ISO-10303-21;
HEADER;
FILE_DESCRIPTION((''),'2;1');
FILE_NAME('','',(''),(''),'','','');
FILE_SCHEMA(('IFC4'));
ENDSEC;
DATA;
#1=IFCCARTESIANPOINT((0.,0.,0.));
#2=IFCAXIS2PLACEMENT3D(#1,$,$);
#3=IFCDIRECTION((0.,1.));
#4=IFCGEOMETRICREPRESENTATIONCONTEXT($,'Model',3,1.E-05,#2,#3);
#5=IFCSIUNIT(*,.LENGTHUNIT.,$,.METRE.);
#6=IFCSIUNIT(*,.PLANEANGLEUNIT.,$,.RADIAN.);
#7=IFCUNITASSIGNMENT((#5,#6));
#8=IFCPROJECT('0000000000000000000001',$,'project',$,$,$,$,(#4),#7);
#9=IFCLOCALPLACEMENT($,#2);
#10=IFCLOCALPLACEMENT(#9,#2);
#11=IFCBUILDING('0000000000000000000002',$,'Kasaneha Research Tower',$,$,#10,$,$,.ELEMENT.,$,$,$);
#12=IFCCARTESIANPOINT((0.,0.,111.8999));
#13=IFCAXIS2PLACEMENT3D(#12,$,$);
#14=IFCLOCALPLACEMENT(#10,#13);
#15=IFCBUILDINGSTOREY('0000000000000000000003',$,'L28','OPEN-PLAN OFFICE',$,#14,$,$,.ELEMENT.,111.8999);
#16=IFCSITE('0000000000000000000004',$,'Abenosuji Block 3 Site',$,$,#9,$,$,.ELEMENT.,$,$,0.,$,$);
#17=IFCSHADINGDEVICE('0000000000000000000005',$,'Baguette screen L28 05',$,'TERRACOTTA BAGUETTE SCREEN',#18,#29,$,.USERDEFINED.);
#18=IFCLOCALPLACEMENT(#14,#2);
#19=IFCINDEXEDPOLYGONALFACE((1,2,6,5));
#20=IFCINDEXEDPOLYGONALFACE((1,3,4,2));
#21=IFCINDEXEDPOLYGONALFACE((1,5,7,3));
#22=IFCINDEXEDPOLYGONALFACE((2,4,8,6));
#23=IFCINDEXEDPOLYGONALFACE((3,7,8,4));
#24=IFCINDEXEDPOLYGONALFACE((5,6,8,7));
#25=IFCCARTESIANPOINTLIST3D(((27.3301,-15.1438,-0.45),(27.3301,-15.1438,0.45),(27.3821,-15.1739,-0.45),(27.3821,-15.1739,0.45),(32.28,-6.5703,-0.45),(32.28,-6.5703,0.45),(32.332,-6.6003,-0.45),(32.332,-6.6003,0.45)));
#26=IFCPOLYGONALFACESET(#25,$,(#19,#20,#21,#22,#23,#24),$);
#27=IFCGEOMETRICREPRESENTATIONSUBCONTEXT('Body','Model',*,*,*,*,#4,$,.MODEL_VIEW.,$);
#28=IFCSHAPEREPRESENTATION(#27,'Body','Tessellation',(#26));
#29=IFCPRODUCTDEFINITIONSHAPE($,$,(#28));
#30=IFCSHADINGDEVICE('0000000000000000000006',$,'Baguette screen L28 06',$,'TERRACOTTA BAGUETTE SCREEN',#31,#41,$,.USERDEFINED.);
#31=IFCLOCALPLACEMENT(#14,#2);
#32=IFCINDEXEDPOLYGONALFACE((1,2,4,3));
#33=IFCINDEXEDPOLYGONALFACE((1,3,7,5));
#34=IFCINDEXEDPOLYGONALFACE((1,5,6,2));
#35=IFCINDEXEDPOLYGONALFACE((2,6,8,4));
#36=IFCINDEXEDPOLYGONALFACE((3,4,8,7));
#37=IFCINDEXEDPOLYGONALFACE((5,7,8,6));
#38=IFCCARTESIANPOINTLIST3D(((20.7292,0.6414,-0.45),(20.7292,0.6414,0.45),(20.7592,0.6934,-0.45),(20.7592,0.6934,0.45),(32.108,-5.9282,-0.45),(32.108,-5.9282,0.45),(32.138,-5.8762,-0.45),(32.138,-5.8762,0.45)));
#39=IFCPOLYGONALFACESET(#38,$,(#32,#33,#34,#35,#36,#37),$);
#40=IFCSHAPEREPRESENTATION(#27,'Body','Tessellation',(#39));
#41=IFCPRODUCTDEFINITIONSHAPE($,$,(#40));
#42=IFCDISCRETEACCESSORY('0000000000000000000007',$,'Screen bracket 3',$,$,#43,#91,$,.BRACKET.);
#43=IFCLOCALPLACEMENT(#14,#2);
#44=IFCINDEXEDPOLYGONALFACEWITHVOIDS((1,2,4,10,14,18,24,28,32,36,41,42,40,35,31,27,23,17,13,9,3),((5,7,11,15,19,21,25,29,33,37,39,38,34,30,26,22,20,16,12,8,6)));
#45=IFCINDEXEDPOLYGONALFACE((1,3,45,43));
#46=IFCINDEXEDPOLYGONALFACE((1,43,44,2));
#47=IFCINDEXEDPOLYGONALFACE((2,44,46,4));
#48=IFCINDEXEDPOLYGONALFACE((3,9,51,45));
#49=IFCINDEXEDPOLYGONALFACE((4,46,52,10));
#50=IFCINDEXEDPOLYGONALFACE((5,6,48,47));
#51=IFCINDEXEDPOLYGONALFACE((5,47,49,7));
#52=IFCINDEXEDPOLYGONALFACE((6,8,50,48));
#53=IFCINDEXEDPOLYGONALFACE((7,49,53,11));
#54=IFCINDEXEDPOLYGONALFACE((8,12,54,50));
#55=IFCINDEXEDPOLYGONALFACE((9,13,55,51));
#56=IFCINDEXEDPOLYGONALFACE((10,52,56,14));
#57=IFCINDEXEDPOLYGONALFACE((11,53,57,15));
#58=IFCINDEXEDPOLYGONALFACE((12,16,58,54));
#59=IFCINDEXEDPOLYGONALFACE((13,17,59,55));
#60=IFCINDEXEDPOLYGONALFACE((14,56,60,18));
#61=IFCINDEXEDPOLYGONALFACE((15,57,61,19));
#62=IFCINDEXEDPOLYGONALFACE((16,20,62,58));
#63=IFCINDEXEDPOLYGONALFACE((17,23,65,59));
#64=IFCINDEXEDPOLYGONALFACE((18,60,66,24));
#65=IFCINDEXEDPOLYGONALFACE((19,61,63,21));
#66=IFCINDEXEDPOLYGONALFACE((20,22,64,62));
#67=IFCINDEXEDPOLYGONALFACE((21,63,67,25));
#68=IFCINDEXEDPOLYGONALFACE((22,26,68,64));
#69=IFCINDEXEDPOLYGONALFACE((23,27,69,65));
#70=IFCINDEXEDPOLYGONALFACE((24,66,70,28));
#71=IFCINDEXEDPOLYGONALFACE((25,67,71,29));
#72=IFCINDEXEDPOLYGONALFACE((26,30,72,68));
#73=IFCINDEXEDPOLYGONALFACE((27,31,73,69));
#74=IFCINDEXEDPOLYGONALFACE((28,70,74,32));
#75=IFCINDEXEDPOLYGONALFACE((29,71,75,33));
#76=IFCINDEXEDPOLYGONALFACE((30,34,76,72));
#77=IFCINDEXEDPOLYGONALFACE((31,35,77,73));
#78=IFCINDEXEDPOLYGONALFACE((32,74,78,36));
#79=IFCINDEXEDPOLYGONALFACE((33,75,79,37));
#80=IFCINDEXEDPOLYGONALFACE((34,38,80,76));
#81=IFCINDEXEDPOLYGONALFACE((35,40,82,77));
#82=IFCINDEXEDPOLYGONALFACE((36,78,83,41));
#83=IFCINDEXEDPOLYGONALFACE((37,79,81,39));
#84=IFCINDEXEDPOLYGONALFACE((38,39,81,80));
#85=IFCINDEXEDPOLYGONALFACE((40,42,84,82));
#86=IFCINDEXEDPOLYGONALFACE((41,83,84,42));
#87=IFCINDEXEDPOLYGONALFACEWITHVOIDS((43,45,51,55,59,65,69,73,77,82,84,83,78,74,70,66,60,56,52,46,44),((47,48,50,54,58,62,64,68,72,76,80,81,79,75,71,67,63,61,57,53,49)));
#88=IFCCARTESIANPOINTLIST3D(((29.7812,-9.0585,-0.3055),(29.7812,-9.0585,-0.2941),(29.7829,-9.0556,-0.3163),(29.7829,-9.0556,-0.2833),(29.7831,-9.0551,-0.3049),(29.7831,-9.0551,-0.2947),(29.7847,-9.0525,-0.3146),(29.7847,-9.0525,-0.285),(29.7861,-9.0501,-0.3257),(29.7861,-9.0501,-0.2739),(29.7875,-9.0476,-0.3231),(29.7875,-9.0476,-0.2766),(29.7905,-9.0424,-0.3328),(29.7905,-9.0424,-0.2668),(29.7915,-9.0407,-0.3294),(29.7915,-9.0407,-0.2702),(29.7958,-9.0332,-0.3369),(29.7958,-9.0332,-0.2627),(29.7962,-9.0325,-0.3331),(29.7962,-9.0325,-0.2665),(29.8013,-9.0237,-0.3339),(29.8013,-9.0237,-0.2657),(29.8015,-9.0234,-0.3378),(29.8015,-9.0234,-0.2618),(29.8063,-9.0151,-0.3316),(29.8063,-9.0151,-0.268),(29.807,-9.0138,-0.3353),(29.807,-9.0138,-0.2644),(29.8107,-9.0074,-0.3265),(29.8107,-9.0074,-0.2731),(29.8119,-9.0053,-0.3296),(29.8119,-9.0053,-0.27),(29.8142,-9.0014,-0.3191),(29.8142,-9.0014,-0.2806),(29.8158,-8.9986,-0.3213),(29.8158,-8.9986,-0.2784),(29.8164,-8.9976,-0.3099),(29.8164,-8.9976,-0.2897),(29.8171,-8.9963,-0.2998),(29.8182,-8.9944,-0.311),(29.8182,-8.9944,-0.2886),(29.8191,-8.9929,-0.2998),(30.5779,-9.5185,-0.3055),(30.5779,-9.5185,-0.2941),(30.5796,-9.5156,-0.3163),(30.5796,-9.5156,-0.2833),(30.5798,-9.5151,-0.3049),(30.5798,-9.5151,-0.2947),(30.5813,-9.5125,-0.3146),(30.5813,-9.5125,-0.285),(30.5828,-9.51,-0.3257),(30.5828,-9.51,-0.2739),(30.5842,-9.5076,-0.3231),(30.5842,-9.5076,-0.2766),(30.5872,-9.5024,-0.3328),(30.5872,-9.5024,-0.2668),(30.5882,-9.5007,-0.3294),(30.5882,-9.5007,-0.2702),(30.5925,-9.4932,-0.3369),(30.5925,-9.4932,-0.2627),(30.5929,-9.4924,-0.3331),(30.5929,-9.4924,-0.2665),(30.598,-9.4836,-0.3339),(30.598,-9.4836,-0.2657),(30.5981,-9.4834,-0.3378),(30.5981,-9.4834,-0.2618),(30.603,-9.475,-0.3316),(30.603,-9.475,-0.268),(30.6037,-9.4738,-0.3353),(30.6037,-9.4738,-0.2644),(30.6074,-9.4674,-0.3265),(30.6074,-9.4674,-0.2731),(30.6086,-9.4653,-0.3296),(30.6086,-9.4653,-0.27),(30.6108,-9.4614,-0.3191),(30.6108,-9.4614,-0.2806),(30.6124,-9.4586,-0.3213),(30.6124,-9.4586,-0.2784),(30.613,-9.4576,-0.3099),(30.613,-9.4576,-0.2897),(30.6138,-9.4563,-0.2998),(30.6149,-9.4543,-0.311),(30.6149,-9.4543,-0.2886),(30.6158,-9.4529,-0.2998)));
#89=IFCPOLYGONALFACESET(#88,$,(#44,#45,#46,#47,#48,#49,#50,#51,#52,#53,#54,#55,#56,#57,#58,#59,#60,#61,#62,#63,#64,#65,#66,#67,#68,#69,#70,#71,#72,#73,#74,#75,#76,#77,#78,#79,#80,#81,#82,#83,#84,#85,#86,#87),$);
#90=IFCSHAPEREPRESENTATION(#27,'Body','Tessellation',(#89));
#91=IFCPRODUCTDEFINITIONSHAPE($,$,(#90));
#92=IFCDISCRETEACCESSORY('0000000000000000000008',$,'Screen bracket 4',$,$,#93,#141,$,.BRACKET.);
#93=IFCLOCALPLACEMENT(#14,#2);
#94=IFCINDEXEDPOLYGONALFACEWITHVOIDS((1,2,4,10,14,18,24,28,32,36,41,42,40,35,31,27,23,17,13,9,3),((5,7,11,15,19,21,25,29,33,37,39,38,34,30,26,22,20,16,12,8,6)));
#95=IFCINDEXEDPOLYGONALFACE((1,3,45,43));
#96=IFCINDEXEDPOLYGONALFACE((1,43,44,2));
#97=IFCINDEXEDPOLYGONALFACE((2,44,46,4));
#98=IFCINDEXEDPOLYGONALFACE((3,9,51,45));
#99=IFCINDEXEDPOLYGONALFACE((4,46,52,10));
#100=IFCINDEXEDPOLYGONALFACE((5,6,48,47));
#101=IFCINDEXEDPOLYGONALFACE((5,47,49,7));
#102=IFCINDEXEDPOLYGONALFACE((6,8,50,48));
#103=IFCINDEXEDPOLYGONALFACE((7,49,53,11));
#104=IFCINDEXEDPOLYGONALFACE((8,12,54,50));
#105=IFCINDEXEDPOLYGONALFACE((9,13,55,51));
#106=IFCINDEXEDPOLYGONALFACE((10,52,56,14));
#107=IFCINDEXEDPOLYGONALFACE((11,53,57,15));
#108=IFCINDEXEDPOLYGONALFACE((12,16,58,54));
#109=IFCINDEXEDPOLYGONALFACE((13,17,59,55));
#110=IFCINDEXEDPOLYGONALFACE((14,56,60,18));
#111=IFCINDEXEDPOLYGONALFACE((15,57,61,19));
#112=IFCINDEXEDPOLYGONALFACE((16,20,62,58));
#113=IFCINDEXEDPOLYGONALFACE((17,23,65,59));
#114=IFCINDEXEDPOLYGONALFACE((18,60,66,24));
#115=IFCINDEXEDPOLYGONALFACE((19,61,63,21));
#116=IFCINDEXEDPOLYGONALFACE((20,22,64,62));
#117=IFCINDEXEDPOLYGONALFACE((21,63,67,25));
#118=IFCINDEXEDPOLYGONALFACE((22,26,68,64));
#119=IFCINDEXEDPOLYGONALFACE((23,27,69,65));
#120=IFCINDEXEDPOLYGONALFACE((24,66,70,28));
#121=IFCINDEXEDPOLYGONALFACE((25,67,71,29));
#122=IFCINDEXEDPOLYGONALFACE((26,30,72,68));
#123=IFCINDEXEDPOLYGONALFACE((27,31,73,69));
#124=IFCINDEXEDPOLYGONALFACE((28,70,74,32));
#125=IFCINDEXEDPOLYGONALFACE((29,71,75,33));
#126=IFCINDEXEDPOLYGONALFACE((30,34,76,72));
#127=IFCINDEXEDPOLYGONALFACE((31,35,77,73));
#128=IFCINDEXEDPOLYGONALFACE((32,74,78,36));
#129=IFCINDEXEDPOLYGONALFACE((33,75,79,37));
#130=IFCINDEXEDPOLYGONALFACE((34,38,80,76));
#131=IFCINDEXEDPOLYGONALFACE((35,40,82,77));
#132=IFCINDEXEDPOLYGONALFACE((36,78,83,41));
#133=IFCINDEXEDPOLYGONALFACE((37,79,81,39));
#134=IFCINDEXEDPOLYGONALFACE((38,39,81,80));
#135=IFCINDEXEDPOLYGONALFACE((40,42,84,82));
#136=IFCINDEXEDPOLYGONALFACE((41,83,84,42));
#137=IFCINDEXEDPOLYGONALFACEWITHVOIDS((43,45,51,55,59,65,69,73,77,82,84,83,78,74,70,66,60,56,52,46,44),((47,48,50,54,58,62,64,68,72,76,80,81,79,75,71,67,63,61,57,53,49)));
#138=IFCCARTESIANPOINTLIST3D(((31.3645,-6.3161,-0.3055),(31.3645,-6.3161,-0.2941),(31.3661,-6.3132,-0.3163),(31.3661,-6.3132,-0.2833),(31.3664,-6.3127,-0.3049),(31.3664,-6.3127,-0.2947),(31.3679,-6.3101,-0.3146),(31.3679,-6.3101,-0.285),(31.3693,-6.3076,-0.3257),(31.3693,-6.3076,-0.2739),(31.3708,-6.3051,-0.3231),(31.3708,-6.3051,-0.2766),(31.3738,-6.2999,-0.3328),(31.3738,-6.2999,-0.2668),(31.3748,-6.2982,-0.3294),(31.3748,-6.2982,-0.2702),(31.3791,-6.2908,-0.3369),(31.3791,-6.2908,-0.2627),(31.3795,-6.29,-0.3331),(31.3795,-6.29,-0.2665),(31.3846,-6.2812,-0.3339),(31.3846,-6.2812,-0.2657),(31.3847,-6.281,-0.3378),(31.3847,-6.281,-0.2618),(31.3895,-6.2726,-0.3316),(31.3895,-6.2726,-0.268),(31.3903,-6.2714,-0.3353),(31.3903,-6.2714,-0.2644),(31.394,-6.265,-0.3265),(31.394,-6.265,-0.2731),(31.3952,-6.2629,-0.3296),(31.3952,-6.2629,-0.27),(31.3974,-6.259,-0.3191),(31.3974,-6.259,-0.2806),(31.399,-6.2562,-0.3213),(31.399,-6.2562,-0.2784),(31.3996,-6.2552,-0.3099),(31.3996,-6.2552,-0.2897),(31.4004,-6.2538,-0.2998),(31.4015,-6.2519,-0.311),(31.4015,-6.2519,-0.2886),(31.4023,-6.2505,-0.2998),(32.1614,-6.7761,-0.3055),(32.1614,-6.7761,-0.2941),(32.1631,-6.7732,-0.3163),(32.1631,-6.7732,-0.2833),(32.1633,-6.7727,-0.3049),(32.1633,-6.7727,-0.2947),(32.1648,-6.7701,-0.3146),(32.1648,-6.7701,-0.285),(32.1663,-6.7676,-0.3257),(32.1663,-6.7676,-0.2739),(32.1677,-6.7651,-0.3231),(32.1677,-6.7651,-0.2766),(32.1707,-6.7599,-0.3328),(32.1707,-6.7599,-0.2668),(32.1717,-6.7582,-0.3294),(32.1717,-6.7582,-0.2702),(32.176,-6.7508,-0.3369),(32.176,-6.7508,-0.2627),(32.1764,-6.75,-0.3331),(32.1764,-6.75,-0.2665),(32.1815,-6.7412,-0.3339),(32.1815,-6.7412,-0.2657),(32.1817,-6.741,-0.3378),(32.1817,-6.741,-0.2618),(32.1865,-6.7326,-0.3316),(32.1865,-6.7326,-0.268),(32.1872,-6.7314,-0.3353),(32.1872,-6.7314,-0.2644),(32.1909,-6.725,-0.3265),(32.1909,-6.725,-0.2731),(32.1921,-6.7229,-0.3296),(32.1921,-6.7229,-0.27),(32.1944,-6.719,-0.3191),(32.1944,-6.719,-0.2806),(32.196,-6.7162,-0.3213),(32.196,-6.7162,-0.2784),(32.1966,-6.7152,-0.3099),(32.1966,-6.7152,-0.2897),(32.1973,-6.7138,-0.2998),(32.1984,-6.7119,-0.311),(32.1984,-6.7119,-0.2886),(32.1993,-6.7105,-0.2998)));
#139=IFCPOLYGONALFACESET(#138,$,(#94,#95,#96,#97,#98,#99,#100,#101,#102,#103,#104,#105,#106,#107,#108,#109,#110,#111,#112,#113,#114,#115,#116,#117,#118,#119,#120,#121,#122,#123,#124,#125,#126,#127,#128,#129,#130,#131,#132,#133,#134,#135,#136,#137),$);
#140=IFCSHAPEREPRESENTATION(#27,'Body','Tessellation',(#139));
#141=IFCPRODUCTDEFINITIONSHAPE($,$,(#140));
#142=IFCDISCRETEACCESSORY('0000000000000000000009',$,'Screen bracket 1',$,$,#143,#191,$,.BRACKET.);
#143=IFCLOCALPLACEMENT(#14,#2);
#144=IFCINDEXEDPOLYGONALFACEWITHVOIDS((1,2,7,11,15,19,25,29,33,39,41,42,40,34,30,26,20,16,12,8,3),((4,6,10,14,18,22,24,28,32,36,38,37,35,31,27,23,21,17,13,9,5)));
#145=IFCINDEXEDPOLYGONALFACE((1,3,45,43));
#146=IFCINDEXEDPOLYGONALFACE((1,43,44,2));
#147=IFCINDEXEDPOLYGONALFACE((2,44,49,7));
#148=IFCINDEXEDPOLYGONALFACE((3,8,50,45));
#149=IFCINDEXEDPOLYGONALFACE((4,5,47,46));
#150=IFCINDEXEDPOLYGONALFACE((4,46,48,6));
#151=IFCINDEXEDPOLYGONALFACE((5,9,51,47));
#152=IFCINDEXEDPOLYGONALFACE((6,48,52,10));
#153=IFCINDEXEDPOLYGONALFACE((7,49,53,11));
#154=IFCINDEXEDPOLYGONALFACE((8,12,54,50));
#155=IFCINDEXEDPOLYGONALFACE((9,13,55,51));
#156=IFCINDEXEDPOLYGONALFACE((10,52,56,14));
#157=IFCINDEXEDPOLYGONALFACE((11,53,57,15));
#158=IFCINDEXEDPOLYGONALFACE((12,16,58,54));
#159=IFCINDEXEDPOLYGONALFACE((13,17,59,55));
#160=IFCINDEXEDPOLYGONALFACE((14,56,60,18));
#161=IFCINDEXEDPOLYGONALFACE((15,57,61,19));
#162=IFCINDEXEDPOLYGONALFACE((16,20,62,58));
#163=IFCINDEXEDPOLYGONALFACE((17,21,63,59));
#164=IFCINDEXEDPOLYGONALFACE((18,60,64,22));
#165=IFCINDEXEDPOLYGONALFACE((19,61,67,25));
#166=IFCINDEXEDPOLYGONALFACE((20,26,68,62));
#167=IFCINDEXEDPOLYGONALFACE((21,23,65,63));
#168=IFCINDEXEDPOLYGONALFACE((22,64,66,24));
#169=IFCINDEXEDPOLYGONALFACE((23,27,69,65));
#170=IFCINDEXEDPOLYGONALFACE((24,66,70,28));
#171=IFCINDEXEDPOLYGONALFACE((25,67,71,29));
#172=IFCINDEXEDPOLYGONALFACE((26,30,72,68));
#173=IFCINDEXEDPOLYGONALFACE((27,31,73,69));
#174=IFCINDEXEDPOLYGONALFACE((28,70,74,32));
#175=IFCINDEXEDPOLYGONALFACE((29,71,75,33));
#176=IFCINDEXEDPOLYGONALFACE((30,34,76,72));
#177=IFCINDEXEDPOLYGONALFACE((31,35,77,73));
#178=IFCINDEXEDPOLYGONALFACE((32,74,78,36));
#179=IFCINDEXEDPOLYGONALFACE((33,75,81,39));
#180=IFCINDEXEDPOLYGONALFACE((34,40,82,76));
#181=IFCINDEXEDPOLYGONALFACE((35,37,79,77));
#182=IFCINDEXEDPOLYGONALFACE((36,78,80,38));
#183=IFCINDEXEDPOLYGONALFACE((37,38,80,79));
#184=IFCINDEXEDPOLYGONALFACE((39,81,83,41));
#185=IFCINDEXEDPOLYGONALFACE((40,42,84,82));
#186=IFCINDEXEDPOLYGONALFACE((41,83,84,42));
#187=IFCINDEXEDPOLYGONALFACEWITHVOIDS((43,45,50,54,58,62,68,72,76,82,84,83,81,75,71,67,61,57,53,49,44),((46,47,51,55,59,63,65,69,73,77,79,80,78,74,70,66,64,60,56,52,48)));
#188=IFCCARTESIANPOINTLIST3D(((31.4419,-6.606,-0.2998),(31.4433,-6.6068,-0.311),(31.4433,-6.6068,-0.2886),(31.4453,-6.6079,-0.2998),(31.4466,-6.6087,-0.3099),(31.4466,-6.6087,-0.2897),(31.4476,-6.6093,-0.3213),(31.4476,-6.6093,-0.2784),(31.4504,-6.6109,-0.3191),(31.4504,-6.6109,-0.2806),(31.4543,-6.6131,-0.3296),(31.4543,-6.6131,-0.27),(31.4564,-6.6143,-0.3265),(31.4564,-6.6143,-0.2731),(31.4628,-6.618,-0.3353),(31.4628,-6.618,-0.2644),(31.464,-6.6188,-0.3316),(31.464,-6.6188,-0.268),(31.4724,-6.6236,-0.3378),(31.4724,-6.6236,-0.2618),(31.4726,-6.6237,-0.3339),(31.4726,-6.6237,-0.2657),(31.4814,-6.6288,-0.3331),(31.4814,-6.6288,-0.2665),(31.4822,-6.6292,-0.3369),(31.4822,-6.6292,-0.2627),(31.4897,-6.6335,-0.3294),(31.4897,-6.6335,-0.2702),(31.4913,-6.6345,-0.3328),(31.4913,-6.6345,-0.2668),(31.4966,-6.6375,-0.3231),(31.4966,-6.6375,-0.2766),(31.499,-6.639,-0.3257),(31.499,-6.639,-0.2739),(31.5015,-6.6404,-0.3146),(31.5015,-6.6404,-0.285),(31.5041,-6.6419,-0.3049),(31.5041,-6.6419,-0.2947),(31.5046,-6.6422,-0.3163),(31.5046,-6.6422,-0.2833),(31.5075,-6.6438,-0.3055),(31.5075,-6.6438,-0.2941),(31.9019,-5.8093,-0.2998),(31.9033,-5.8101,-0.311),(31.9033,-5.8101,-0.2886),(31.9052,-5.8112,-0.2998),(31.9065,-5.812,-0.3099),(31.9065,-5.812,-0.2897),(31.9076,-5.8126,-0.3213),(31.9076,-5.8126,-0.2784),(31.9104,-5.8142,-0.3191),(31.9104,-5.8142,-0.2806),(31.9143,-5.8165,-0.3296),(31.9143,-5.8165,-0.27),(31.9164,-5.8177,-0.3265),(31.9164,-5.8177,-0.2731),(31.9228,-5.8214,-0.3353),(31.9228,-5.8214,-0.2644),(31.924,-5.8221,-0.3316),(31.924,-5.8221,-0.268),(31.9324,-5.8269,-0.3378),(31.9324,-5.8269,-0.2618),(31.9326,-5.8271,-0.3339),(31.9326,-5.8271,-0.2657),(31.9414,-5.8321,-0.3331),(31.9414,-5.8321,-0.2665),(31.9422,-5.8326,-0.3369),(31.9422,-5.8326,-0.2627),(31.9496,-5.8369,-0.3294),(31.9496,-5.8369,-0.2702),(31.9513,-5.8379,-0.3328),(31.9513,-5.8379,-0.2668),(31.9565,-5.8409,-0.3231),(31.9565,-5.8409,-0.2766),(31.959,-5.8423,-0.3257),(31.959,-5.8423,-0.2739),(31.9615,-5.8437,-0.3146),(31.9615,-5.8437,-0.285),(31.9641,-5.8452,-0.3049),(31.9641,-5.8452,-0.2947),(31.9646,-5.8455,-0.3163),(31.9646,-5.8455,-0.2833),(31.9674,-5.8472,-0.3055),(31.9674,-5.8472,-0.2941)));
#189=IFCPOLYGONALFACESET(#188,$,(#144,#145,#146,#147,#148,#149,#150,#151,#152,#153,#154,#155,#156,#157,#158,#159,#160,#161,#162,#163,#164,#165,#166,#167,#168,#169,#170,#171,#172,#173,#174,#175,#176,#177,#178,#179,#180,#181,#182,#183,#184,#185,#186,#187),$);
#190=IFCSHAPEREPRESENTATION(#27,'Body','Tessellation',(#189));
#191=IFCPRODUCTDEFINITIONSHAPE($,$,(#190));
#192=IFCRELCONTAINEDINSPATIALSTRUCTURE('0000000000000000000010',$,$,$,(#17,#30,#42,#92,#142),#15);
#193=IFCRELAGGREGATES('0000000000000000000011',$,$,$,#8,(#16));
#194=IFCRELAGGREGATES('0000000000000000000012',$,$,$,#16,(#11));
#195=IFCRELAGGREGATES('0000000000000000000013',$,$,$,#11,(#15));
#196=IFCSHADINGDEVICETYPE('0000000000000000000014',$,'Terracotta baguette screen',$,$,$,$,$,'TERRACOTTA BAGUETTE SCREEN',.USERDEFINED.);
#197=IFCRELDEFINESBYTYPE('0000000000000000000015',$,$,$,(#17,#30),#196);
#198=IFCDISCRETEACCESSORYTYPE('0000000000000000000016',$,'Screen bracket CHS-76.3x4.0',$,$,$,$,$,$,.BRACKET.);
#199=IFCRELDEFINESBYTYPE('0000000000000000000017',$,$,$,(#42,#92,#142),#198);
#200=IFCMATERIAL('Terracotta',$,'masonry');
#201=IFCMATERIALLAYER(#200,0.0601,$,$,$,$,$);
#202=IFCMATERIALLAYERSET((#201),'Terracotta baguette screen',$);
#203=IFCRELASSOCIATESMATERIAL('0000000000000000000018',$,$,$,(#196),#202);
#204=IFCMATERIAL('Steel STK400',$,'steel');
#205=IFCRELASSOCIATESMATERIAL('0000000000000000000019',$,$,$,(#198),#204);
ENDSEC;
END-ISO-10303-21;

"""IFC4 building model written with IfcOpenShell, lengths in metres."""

from ifc_helpers import new_model, si_unit, direction, frame, origin, origin_2d, place, context, subcontext, project, spatial, rectangle, hollow_circle, extrude, material, layer, layer_set, material_profile, profile_set, type_object, element, save


model = new_model("IFC4")

# Units and contexts
model_context = context("Model", 3, precision=1e-05, world=origin(), true_north=direction((0.0, 1.0)))
body_context = subcontext(model_context, "Body", "Model", "MODEL_VIEW")
ifc_project = project(units=[si_unit("LENGTHUNIT", "METRE"), si_unit("PLANEANGLEUNIT", "RADIAN")], contexts=[model_context])

# Site, building, storey
site_placement = place(None, origin())
site = spatial("IfcSite", under=ifc_project, at=site_placement, Name="Abenosuji Block 3 Site", CompositionType="ELEMENT", RefElevation=0.0)
building_placement = place(site_placement, origin())
building = spatial("IfcBuilding", under=site, at=building_placement, Name="Kasaneha Research Tower", CompositionType="ELEMENT")
storey_placement = place(building_placement, frame((0.0, 0.0, 111.8999)))
storey = spatial("IfcBuildingStorey", under=building, at=storey_placement, Name="L28", Description="OPEN-PLAN OFFICE", CompositionType="ELEMENT", Elevation=111.8999)

# Shading devices
ifc_material_1 = material(Name="Terracotta", Category="masonry")
ifc_layer_1 = layer(ifc_material_1, 0.0601)
ifc_layer_set_1 = layer_set([ifc_layer_1], Name="Terracotta baguette screen")
shading_device_type = type_object("IfcShadingDeviceType", Name="Terracotta baguette screen", ElementType="TERRACOTTA BAGUETTE SCREEN", PredefinedType="USERDEFINED", material=ifc_layer_set_1)
shading_device_1_placement = place(storey_placement, frame((29.8311, -10.8721, -0.45), z_axis=(0.0, 0.0, 1.0), x_axis=(0.5, 0.866025, 0.0)))
element("IfcShadingDevice", 1, at=shading_device_1_placement, inside=storey, type_object=shading_device_type, Name="Baguette screen L28 05", ObjectType="TERRACOTTA BAGUETTE SCREEN", PredefinedType="USERDEFINED", context=body_context, shape_type="SweptSolid", body=[
    extrude(rectangle(XDim=9.8999, YDim=0.0601, at=origin_2d()), origin(), (0.0, 0.0, 1.0), 0.8999),
])
shading_device_2_placement = place(storey_placement, frame((26.4336, -2.6174, -0.45), z_axis=(0.0, 0.0, 1.0), x_axis=(-0.866025, 0.5, 0.0)))
element("IfcShadingDevice", 2, at=shading_device_2_placement, inside=storey, type_object=shading_device_type, Name="Baguette screen L28 06", ObjectType="TERRACOTTA BAGUETTE SCREEN", PredefinedType="USERDEFINED", context=body_context, shape_type="SweptSolid", body=[
    extrude(rectangle(XDim=13.1392, YDim=0.0601, at=origin_2d()), origin(), (0.0, 0.0, 1.0), 0.8999),
])

# Discrete accessories
ifc_material_2 = material(Name="Steel STK400", Category="steel")
ifc_material_profile_1 = material_profile(ifc_material_2, hollow_circle(Radius=0.0381, WallThickness=0.0039, at=origin_2d()), Name="CHS-76.3x4.0")
ifc_profile_set_1 = profile_set([ifc_material_profile_1], Name="Steel STK400")
discrete_accessory_type = type_object("IfcDiscreteAccessoryType", Name="Screen bracket CHS-76.3x4.0", PredefinedType="BRACKET", material=ifc_profile_set_1)
discrete_accessory_1_placement = place(storey_placement, frame((29.8, -9.0259, -0.2998), z_axis=(0.866013, -0.500021, 0.0), x_axis=(0.500021, 0.866013, 0.0)))
element("IfcDiscreteAccessory", 3, at=discrete_accessory_1_placement, inside=storey, type_object=discrete_accessory_type, Name="Screen bracket 3", PredefinedType="BRACKET", context=body_context, shape_type="SweptSolid", body=[
    extrude(hollow_circle(Radius=0.0381, WallThickness=0.0039, at=origin_2d()), origin(), (0.0, 0.0, 1.0), 0.9199),
])
discrete_accessory_2_placement = place(storey_placement, frame((31.3833, -6.2834, -0.2998), z_axis=(0.86608, -0.499906, 0.0), x_axis=(0.499906, 0.86608, 0.0)))
element("IfcDiscreteAccessory", 4, at=discrete_accessory_2_placement, inside=storey, type_object=discrete_accessory_type, Name="Screen bracket 4", PredefinedType="BRACKET", context=body_context, shape_type="SweptSolid", body=[
    extrude(hollow_circle(Radius=0.0381, WallThickness=0.0039, at=origin_2d()), origin(), (0.0, 0.0, 1.0), 0.9202),
])
discrete_accessory_3_placement = place(storey_placement, frame((31.4749, -6.625, -0.2998), z_axis=(0.500021, 0.866013, 0.0), x_axis=(-0.866013, 0.500021, 0.0)))
element("IfcDiscreteAccessory", 5, at=discrete_accessory_3_placement, inside=storey, type_object=discrete_accessory_type, Name="Screen bracket 1", PredefinedType="BRACKET", context=body_context, shape_type="SweptSolid", body=[
    extrude(hollow_circle(Radius=0.0381, WallThickness=0.0039, at=origin_2d()), origin(), (0.0, 0.0, 1.0), 0.9199),
])

save(model, "model.ifc")
